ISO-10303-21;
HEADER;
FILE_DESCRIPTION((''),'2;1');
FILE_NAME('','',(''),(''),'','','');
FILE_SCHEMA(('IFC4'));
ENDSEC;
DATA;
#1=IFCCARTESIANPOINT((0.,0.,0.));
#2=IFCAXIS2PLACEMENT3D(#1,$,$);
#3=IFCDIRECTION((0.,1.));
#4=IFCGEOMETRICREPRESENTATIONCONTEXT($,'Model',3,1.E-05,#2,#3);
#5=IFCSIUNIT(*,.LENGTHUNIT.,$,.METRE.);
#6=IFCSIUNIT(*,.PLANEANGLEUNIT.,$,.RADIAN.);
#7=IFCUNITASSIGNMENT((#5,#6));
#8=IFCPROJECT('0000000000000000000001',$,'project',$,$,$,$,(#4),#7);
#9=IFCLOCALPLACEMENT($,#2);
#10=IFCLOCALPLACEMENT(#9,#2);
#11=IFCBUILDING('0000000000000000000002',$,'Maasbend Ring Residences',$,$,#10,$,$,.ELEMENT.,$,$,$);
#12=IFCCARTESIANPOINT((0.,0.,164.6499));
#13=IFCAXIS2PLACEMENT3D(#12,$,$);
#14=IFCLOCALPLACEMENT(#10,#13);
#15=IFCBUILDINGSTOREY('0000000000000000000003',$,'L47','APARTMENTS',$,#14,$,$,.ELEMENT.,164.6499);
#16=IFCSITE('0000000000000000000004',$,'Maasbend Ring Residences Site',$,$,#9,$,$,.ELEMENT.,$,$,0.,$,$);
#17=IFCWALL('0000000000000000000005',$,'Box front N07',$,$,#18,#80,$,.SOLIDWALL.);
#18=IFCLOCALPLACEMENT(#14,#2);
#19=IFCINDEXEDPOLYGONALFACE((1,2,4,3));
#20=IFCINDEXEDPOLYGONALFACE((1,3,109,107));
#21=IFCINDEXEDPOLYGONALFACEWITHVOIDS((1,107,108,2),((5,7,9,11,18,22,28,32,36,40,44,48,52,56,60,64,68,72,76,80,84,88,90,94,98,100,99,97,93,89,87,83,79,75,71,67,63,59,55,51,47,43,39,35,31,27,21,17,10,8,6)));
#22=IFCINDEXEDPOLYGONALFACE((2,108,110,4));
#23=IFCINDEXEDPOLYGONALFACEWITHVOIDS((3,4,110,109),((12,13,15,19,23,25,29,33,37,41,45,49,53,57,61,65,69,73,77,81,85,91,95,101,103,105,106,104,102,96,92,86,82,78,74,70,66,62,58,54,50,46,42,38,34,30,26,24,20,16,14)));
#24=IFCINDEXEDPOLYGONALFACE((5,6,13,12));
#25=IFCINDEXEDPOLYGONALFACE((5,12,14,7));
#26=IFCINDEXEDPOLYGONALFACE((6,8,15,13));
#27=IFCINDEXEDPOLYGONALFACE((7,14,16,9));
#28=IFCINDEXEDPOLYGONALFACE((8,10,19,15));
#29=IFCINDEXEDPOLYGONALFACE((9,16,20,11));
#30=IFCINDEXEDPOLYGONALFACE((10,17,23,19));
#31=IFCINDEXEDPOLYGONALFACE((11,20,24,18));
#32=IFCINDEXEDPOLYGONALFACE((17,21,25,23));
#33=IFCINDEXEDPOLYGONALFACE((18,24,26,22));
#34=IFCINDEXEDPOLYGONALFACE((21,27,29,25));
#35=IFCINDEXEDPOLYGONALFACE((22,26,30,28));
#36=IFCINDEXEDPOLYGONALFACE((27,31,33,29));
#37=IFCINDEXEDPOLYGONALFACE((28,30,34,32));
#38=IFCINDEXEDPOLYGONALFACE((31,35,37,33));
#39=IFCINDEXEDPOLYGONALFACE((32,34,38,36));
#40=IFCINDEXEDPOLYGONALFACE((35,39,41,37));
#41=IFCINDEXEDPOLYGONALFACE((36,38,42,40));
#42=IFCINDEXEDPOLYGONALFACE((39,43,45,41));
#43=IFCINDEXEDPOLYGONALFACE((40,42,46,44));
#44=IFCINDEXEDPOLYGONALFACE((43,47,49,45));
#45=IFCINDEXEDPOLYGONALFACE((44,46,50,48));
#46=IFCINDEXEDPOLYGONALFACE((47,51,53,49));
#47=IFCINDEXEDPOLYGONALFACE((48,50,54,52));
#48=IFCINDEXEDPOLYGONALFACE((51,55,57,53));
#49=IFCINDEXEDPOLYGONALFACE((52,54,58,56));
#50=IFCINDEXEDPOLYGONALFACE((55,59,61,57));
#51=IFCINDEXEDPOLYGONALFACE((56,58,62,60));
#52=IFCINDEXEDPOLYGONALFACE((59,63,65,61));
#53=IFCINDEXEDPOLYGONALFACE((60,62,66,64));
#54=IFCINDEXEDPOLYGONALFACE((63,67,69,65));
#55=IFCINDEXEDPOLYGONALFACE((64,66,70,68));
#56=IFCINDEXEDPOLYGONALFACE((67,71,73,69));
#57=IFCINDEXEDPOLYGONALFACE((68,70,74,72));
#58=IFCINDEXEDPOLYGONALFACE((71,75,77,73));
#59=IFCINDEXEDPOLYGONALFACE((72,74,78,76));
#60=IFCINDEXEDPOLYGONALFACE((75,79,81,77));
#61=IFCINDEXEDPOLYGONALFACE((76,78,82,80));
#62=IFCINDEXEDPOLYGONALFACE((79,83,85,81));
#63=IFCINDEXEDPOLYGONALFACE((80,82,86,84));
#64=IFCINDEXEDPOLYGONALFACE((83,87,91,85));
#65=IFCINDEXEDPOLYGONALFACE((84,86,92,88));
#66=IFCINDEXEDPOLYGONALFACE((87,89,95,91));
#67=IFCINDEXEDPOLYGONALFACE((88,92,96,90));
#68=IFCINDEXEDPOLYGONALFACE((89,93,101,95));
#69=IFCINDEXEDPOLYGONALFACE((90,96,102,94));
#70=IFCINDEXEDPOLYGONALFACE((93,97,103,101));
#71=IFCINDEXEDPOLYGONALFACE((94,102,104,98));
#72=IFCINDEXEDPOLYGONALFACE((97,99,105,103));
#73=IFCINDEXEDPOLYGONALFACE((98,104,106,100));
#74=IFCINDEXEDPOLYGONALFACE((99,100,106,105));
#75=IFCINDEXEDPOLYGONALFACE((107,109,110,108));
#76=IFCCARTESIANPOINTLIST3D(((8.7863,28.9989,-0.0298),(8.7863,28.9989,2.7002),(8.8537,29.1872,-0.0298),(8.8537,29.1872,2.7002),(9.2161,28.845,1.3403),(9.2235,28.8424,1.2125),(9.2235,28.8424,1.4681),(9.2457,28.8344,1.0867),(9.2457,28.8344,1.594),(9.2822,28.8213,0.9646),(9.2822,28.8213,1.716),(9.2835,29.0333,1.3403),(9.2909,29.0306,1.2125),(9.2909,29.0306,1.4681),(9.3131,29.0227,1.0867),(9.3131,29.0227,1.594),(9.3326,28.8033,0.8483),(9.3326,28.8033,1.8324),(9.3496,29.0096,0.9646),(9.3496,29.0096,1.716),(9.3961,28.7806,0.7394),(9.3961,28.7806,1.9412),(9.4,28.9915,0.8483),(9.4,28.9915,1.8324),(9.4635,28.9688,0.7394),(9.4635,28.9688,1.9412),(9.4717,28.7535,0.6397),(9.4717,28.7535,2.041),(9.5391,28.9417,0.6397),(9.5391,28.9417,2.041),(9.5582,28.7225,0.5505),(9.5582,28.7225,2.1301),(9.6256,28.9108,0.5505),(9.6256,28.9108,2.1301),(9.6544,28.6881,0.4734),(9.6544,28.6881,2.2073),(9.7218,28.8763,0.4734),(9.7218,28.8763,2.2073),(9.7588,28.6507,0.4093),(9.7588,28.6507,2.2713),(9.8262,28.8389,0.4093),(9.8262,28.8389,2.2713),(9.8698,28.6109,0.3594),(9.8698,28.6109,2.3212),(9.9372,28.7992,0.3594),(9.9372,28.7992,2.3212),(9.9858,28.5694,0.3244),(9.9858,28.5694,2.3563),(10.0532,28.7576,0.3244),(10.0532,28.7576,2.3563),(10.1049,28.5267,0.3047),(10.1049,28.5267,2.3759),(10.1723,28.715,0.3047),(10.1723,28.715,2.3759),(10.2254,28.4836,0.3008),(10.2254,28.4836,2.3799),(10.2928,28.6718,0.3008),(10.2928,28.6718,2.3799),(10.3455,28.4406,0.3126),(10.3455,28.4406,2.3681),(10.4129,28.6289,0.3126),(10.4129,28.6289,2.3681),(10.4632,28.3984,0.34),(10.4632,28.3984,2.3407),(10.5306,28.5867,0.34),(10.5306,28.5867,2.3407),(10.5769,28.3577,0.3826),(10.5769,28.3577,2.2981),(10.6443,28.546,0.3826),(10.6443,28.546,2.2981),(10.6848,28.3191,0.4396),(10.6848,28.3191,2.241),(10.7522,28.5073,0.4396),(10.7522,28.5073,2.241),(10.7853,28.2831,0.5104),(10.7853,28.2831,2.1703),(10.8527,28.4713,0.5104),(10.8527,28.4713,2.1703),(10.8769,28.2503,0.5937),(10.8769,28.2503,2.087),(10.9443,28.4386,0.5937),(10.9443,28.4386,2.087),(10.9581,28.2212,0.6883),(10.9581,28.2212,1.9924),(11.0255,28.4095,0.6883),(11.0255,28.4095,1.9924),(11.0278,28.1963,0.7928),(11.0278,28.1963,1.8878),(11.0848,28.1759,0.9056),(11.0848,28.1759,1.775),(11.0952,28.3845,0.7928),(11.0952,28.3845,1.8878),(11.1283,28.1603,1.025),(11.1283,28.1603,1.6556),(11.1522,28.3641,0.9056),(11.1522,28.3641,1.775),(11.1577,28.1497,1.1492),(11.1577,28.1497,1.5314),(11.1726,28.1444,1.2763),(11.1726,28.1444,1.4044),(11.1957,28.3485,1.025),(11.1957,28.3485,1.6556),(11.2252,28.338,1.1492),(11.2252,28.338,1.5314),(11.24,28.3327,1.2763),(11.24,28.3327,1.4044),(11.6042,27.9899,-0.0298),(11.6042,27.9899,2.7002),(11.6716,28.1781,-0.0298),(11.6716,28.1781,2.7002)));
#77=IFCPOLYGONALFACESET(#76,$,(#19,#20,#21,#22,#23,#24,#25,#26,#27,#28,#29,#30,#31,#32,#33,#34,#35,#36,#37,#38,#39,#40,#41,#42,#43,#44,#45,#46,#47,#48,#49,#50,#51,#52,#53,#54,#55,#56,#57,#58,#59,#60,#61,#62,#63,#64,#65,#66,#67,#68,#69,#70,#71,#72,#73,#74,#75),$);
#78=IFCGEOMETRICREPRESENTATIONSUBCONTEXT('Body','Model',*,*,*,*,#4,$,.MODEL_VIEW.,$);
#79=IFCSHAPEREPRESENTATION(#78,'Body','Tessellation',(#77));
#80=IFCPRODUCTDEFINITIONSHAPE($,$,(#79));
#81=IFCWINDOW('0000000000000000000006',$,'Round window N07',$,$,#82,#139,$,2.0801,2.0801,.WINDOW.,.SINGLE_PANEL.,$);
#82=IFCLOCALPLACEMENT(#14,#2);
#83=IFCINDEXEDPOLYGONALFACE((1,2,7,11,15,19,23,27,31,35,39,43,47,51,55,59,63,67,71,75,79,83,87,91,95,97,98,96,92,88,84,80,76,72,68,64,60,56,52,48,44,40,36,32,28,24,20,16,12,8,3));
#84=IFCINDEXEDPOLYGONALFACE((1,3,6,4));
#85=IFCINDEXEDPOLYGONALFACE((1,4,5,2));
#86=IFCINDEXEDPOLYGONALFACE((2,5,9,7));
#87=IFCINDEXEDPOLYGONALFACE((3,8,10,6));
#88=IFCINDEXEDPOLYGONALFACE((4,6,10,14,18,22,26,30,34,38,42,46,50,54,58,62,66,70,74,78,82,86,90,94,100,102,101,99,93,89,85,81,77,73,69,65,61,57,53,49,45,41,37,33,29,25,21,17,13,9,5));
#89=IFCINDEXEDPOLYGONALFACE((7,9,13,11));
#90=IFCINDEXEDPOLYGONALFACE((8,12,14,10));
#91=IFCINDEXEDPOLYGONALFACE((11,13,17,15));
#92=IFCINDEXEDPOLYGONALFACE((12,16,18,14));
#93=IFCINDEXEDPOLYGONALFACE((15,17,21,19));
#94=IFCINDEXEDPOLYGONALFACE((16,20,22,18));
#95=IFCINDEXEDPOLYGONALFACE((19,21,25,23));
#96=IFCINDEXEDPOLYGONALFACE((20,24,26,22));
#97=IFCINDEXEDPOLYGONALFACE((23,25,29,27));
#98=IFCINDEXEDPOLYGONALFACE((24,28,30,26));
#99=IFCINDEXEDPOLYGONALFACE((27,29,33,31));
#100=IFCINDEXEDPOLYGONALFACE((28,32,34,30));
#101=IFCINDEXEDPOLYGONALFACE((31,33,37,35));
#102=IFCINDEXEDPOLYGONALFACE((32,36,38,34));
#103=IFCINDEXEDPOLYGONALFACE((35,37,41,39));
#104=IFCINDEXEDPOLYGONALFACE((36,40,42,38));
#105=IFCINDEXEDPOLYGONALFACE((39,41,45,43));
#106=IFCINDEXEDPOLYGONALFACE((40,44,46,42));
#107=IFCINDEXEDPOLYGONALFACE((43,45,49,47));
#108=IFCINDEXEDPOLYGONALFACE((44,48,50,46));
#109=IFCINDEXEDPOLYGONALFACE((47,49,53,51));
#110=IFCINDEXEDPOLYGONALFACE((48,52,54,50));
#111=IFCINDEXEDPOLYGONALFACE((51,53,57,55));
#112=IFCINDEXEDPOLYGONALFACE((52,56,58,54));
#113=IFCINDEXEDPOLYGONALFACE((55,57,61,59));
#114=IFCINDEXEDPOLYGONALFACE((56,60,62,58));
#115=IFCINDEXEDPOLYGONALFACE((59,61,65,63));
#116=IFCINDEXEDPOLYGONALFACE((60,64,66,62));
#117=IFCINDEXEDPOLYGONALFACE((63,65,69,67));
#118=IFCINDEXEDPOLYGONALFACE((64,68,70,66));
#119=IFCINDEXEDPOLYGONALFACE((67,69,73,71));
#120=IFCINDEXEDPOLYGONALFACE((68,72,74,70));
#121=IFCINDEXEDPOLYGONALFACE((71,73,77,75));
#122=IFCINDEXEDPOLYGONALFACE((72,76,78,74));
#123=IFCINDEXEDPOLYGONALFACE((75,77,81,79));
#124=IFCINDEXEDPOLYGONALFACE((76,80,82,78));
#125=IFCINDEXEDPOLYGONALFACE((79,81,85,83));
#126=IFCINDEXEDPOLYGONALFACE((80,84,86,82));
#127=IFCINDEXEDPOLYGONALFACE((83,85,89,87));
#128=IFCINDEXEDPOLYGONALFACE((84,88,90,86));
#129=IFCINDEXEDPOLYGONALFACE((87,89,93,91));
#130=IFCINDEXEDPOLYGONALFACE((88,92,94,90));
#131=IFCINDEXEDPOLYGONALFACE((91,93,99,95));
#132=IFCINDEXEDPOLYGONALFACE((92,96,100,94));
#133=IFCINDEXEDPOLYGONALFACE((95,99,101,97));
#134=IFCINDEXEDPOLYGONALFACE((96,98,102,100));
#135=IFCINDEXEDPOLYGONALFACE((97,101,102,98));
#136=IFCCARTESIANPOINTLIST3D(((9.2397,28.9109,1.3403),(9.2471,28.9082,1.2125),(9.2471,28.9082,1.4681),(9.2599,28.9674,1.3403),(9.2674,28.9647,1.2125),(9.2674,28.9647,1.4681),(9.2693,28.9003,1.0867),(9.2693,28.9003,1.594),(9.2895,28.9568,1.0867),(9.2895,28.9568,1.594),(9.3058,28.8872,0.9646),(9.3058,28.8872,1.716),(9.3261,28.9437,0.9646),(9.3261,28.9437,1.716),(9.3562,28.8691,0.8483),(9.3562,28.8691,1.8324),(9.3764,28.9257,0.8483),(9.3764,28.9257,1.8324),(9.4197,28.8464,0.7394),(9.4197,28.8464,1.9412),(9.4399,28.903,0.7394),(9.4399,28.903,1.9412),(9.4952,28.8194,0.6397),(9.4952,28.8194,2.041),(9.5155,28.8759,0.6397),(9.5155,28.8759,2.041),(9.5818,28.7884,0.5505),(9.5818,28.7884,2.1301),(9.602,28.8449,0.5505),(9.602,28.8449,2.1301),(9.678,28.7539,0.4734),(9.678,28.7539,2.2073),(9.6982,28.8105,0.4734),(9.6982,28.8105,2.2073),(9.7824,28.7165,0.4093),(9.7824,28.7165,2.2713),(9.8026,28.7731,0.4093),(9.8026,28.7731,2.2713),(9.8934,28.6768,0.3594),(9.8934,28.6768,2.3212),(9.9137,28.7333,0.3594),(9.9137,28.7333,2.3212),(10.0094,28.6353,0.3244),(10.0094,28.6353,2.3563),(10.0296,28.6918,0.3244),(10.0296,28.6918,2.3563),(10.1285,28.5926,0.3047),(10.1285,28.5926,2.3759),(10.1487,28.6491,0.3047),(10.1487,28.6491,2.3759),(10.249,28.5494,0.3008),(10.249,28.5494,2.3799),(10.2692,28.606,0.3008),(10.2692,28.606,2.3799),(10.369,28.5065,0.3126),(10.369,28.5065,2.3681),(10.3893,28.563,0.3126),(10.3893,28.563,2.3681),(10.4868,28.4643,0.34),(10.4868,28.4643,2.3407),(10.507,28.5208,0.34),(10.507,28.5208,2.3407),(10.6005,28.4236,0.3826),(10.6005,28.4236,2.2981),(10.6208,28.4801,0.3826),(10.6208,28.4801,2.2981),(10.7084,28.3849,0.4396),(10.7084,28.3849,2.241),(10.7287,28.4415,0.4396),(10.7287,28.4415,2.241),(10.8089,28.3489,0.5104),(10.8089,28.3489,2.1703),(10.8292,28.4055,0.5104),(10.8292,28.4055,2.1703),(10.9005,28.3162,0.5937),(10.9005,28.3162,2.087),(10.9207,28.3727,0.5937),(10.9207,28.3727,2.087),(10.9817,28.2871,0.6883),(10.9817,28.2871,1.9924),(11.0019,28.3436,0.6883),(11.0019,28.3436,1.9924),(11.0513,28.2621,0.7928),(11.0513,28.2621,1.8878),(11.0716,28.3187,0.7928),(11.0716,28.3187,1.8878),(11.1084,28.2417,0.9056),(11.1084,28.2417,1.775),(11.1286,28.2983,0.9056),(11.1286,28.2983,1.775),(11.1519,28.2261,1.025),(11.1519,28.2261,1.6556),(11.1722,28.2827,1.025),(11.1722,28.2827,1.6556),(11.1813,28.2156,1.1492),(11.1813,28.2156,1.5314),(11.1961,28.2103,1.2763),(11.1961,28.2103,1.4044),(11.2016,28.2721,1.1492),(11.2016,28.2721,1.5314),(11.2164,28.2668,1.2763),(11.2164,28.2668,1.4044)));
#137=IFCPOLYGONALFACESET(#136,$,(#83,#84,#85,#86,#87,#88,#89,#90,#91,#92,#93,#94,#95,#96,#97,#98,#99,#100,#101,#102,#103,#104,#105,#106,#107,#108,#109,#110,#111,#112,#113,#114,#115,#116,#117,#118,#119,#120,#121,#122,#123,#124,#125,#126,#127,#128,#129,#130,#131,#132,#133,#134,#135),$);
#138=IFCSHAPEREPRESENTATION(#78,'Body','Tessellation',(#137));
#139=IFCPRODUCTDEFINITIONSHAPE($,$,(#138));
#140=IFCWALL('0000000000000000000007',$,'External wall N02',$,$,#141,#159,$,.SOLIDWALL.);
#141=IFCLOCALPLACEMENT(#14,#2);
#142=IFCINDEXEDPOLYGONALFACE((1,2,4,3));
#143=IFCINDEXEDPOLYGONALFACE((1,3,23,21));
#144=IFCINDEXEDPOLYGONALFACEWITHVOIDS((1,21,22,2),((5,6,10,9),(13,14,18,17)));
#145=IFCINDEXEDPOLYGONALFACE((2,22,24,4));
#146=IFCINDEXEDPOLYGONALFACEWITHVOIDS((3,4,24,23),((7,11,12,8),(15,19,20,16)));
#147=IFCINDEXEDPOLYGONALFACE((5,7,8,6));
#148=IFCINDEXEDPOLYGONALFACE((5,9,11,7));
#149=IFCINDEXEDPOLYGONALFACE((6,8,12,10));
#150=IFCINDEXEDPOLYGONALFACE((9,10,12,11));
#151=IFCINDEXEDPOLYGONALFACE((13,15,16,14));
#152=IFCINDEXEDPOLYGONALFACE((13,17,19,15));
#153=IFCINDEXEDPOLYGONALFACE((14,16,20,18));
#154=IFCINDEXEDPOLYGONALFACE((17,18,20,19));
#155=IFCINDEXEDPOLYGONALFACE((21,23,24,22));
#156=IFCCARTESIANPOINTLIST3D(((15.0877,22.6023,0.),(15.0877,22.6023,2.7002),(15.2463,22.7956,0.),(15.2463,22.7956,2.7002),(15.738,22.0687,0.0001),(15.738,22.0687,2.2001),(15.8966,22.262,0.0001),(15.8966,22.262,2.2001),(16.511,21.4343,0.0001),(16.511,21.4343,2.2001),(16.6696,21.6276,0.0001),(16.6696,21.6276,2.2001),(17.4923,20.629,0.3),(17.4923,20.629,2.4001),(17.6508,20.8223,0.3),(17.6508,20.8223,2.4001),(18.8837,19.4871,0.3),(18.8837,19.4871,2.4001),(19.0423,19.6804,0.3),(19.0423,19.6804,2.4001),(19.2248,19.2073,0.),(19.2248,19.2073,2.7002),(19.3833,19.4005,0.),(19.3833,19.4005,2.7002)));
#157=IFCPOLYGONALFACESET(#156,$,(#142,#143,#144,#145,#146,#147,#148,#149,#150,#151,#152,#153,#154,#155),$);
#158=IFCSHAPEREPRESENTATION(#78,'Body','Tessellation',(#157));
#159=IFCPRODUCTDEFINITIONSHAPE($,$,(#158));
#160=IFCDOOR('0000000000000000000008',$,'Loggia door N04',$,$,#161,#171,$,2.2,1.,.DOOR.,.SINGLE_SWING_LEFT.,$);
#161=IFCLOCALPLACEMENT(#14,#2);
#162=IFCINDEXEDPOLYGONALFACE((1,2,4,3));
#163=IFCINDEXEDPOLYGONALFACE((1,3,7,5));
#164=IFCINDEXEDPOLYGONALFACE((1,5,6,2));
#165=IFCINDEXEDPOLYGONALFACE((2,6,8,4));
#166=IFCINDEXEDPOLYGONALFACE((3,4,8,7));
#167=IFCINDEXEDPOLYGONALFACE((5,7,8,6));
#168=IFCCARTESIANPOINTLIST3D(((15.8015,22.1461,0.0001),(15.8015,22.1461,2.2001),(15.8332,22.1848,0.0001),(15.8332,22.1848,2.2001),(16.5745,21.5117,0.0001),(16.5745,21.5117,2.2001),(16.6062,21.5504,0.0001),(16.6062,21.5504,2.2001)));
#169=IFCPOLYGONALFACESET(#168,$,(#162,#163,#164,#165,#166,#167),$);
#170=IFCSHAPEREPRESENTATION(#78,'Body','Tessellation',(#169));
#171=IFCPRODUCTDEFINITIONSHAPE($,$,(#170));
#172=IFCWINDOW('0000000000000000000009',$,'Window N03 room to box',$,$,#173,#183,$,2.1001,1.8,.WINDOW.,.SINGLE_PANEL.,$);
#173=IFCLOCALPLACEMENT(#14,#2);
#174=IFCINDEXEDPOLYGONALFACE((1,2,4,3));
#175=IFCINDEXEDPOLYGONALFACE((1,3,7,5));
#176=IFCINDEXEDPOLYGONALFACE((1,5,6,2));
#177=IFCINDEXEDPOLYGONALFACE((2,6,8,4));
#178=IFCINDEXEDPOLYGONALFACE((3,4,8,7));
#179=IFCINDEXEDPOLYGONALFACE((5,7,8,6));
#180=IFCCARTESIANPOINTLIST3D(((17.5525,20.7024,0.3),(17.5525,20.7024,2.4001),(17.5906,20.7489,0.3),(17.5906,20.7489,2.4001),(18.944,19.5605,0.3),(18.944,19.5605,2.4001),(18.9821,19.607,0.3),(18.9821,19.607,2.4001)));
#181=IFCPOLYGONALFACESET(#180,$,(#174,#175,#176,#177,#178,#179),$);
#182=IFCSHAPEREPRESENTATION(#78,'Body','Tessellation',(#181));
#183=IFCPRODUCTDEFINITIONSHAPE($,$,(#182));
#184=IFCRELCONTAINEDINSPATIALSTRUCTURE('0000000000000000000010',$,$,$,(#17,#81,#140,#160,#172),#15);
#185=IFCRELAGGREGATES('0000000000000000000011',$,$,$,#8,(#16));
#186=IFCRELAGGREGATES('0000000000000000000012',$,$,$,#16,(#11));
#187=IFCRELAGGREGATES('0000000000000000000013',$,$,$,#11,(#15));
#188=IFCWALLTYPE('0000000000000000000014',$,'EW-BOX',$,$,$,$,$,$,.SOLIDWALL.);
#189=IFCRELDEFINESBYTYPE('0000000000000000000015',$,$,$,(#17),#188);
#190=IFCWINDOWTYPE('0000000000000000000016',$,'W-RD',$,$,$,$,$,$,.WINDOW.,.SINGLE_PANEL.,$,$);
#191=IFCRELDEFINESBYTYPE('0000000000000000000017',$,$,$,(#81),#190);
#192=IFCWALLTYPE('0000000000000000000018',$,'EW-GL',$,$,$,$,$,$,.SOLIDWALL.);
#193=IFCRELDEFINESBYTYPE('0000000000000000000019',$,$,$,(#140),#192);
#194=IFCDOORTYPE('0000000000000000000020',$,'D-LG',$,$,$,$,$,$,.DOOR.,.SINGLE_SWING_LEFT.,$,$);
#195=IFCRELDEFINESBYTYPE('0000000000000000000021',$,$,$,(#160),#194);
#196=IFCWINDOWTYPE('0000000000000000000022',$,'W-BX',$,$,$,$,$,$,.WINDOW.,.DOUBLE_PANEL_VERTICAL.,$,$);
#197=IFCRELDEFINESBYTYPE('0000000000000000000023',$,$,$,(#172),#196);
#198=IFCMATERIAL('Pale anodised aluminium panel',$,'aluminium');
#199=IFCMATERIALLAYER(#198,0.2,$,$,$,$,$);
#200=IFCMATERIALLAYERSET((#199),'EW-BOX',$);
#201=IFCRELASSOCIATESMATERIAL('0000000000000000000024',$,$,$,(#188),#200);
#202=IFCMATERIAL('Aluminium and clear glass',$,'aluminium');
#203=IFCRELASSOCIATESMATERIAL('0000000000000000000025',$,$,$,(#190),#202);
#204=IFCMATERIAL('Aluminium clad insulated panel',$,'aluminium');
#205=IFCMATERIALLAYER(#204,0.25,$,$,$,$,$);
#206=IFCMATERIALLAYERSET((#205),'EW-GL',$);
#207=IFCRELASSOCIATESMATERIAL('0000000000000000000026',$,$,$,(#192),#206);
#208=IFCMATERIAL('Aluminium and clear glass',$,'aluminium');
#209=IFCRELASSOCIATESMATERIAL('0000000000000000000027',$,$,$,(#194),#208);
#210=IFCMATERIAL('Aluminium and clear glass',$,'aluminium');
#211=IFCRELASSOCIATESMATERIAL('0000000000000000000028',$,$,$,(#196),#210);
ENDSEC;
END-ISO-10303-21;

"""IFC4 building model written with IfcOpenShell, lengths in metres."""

from ifc_helpers import new_model, si_unit, direction, frame, frame_2d, origin, place, context, subcontext, project, spatial, rectangle, circle, extrude, material, layer, layer_set, type_object, element, fill, save


model = new_model("IFC4")

# Units and contexts
model_context = context("Model", 3, precision=1e-05, world=origin(), true_north=direction((0.0, 1.0)))
body_context = subcontext(model_context, "Body", "Model", "MODEL_VIEW")
ifc_project = project(units=[si_unit("LENGTHUNIT", "METRE"), si_unit("PLANEANGLEUNIT", "RADIAN")], contexts=[model_context])

# Site, building, storey
site_placement = place(None, origin())
site = spatial("IfcSite", under=ifc_project, at=site_placement, Name="Maasbend Ring Residences Site", CompositionType="ELEMENT", RefElevation=0.0)
building_placement = place(site_placement, origin())
building = spatial("IfcBuilding", under=site, at=building_placement, Name="Maasbend Ring Residences", CompositionType="ELEMENT")
storey_placement = place(building_placement, frame((0.0, 0.0, 164.6499)))
storey = spatial("IfcBuildingStorey", under=building, at=storey_placement, Name="L47", Description="APARTMENTS", CompositionType="ELEMENT", Elevation=164.6499)

# Shared definitions
ifc_material_1 = material(Name="Pale anodised aluminium panel", Category="aluminium")
ifc_layer_1 = layer(ifc_material_1, 0.2)
ifc_layer_set_1 = layer_set([ifc_layer_1], Name="EW-BOX")
wall_type_1 = type_object("IfcWallType", Name="EW-BOX", PredefinedType="SOLIDWALL", material=ifc_layer_set_1)
ifc_material_2 = material(Name="Aluminium and clear glass", Category="aluminium")
window_type_1 = type_object("IfcWindowType", Name="W-RD", PartitioningType="SINGLE_PANEL", PredefinedType="WINDOW", material=ifc_material_2)

# Wall, opening, window
wall_1_placement = place(storey_placement, frame((11.6379, 28.084, -0.0298), z_axis=(0.0, 0.0, 1.0), x_axis=(-0.941461, 0.337122, 0.0)))
wall_1 = element("IfcWall", 1, at=wall_1_placement, inside=storey, type_object=wall_type_1, Name="Box front N07", PredefinedType="SOLIDWALL", context=body_context, shape_type="SweptSolid", body=[
    extrude(rectangle(XDim=2.9932, YDim=0.2, at=frame_2d((1.4966, 0.0))), origin(), (0.0, 0.0, 1.0), 2.73),
])
opening_1_placement = place(wall_1_placement, frame((0.4565, 0.0, 0.3301)))
opening_1 = element("IfcOpeningElement", 2, at=opening_1_placement, cuts=wall_1, PredefinedType="OPENING", context=body_context, shape_type="SweptSolid", body=[
    extrude(circle(Radius=1.04, at=frame_2d((1.04, 1.04))), frame((0.0, 0.1099, 0.0), z_axis=(0.0, -1.0, 0.0), x_axis=(1.0, 0.0, 0.0)), (0.0, 0.0, 1.0), 0.22),
])
window_1_placement = place(opening_1_placement, origin())
window_1 = element("IfcWindow", 3, at=window_1_placement, inside=storey, type_object=window_type_1, Name="Round window N07", OverallHeight=2.0801, OverallWidth=2.0801, PartitioningType="SINGLE_PANEL", PredefinedType="WINDOW", context=body_context, shape_type="SweptSolid", body=[
    extrude(circle(Radius=1.04, at=frame_2d((1.04, 1.04))), frame((0.0, 0.03, 0.0), z_axis=(0.0, -1.0, 0.0), x_axis=(1.0, 0.0, 0.0)), (0.0, 0.0, 1.0), 0.0601),
])
fill(opening_1, window_1)

# Wall, openings, door, window
ifc_material_3 = material(Name="Aluminium clad insulated panel", Category="aluminium")
ifc_layer_2 = layer(ifc_material_3, 0.25)
ifc_layer_set_2 = layer_set([ifc_layer_2], Name="EW-GL")
wall_type_2 = type_object("IfcWallType", Name="EW-GL", PredefinedType="SOLIDWALL", material=ifc_layer_set_2)
wall_2_placement = place(storey_placement, frame((19.304, 19.304, 0.0), z_axis=(0.0, 0.0, 1.0), x_axis=(-0.773019, 0.634382, 0.0)))
wall_2 = element("IfcWall", 4, at=wall_2_placement, inside=storey, type_object=wall_type_2, Name="External wall N02", PredefinedType="SOLIDWALL", context=body_context, shape_type="SweptSolid", body=[
    extrude(rectangle(XDim=5.3518, YDim=0.25, at=frame_2d((2.6758, 0.0))), origin(), (0.0, 0.0, 1.0), 2.7002),
])
opening_2_placement = place(wall_2_placement, frame((0.4412, 0.0, 0.3)))
opening_2 = element("IfcOpeningElement", 5, at=opening_2_placement, cuts=wall_2, PredefinedType="OPENING", context=body_context, shape_type="SweptSolid", body=[
    extrude(rectangle(XDim=1.8, YDim=2.1001, at=frame_2d((0.8999, 1.05))), frame((0.0, 0.135, 0.0), z_axis=(0.0, -1.0, 0.0), x_axis=(1.0, 0.0, 0.0)), (0.0, 0.0, 1.0), 0.27),
])
opening_3_placement = place(wall_2_placement, frame((3.5105, 0.0, 0.0)))
opening_3 = element("IfcOpeningElement", 6, at=opening_3_placement, cuts=wall_2, PredefinedType="OPENING", context=body_context, shape_type="SweptSolid", body=[
    extrude(rectangle(XDim=1.0, YDim=2.2, at=frame_2d((0.5, 1.1001))), frame((0.0, 0.135, 0.0), z_axis=(0.0, -1.0, 0.0), x_axis=(1.0, 0.0, 0.0)), (0.0, 0.0, 1.0), 0.27),
])
ifc_material_4 = material(Name="Aluminium and clear glass", Category="aluminium")
door_type_1 = type_object("IfcDoorType", Name="D-LG", OperationType="SINGLE_SWING_LEFT", PredefinedType="DOOR", material=ifc_material_4)
door_1_placement = place(opening_3_placement, origin())
door_1 = element("IfcDoor", 7, at=door_1_placement, inside=storey, type_object=door_type_1, Name="Loggia door N04", OperationType="SINGLE_SWING_LEFT", OverallHeight=2.2, OverallWidth=1.0, PredefinedType="DOOR", context=body_context, shape_type="SweptSolid", body=[
    extrude(rectangle(XDim=1.0, YDim=2.2, at=frame_2d((0.5, 1.1001))), frame((0.0, 0.0249, 0.0), z_axis=(0.0, -1.0, 0.0), x_axis=(1.0, 0.0, 0.0)), (0.0, 0.0, 1.0), 0.05),
])
fill(opening_3, door_1)
ifc_material_5 = material(Name="Aluminium and clear glass", Category="aluminium")
window_type_2 = type_object("IfcWindowType", Name="W-BX", PartitioningType="DOUBLE_PANEL_VERTICAL", PredefinedType="WINDOW", material=ifc_material_5)
window_2_placement = place(opening_2_placement, origin())
window_2 = element("IfcWindow", 8, at=window_2_placement, inside=storey, type_object=window_type_2, Name="Window N03 room to box", OverallHeight=2.1001, OverallWidth=1.8, PartitioningType="SINGLE_PANEL", PredefinedType="WINDOW", context=body_context, shape_type="SweptSolid", body=[
    extrude(rectangle(XDim=1.8, YDim=2.1001, at=frame_2d((0.8999, 1.05))), frame((0.0, 0.03, 0.0), z_axis=(0.0, -1.0, 0.0), x_axis=(1.0, 0.0, 0.0)), (0.0, 0.0, 1.0), 0.0601),
])
fill(opening_2, window_2)

save(model, "model.ifc")
